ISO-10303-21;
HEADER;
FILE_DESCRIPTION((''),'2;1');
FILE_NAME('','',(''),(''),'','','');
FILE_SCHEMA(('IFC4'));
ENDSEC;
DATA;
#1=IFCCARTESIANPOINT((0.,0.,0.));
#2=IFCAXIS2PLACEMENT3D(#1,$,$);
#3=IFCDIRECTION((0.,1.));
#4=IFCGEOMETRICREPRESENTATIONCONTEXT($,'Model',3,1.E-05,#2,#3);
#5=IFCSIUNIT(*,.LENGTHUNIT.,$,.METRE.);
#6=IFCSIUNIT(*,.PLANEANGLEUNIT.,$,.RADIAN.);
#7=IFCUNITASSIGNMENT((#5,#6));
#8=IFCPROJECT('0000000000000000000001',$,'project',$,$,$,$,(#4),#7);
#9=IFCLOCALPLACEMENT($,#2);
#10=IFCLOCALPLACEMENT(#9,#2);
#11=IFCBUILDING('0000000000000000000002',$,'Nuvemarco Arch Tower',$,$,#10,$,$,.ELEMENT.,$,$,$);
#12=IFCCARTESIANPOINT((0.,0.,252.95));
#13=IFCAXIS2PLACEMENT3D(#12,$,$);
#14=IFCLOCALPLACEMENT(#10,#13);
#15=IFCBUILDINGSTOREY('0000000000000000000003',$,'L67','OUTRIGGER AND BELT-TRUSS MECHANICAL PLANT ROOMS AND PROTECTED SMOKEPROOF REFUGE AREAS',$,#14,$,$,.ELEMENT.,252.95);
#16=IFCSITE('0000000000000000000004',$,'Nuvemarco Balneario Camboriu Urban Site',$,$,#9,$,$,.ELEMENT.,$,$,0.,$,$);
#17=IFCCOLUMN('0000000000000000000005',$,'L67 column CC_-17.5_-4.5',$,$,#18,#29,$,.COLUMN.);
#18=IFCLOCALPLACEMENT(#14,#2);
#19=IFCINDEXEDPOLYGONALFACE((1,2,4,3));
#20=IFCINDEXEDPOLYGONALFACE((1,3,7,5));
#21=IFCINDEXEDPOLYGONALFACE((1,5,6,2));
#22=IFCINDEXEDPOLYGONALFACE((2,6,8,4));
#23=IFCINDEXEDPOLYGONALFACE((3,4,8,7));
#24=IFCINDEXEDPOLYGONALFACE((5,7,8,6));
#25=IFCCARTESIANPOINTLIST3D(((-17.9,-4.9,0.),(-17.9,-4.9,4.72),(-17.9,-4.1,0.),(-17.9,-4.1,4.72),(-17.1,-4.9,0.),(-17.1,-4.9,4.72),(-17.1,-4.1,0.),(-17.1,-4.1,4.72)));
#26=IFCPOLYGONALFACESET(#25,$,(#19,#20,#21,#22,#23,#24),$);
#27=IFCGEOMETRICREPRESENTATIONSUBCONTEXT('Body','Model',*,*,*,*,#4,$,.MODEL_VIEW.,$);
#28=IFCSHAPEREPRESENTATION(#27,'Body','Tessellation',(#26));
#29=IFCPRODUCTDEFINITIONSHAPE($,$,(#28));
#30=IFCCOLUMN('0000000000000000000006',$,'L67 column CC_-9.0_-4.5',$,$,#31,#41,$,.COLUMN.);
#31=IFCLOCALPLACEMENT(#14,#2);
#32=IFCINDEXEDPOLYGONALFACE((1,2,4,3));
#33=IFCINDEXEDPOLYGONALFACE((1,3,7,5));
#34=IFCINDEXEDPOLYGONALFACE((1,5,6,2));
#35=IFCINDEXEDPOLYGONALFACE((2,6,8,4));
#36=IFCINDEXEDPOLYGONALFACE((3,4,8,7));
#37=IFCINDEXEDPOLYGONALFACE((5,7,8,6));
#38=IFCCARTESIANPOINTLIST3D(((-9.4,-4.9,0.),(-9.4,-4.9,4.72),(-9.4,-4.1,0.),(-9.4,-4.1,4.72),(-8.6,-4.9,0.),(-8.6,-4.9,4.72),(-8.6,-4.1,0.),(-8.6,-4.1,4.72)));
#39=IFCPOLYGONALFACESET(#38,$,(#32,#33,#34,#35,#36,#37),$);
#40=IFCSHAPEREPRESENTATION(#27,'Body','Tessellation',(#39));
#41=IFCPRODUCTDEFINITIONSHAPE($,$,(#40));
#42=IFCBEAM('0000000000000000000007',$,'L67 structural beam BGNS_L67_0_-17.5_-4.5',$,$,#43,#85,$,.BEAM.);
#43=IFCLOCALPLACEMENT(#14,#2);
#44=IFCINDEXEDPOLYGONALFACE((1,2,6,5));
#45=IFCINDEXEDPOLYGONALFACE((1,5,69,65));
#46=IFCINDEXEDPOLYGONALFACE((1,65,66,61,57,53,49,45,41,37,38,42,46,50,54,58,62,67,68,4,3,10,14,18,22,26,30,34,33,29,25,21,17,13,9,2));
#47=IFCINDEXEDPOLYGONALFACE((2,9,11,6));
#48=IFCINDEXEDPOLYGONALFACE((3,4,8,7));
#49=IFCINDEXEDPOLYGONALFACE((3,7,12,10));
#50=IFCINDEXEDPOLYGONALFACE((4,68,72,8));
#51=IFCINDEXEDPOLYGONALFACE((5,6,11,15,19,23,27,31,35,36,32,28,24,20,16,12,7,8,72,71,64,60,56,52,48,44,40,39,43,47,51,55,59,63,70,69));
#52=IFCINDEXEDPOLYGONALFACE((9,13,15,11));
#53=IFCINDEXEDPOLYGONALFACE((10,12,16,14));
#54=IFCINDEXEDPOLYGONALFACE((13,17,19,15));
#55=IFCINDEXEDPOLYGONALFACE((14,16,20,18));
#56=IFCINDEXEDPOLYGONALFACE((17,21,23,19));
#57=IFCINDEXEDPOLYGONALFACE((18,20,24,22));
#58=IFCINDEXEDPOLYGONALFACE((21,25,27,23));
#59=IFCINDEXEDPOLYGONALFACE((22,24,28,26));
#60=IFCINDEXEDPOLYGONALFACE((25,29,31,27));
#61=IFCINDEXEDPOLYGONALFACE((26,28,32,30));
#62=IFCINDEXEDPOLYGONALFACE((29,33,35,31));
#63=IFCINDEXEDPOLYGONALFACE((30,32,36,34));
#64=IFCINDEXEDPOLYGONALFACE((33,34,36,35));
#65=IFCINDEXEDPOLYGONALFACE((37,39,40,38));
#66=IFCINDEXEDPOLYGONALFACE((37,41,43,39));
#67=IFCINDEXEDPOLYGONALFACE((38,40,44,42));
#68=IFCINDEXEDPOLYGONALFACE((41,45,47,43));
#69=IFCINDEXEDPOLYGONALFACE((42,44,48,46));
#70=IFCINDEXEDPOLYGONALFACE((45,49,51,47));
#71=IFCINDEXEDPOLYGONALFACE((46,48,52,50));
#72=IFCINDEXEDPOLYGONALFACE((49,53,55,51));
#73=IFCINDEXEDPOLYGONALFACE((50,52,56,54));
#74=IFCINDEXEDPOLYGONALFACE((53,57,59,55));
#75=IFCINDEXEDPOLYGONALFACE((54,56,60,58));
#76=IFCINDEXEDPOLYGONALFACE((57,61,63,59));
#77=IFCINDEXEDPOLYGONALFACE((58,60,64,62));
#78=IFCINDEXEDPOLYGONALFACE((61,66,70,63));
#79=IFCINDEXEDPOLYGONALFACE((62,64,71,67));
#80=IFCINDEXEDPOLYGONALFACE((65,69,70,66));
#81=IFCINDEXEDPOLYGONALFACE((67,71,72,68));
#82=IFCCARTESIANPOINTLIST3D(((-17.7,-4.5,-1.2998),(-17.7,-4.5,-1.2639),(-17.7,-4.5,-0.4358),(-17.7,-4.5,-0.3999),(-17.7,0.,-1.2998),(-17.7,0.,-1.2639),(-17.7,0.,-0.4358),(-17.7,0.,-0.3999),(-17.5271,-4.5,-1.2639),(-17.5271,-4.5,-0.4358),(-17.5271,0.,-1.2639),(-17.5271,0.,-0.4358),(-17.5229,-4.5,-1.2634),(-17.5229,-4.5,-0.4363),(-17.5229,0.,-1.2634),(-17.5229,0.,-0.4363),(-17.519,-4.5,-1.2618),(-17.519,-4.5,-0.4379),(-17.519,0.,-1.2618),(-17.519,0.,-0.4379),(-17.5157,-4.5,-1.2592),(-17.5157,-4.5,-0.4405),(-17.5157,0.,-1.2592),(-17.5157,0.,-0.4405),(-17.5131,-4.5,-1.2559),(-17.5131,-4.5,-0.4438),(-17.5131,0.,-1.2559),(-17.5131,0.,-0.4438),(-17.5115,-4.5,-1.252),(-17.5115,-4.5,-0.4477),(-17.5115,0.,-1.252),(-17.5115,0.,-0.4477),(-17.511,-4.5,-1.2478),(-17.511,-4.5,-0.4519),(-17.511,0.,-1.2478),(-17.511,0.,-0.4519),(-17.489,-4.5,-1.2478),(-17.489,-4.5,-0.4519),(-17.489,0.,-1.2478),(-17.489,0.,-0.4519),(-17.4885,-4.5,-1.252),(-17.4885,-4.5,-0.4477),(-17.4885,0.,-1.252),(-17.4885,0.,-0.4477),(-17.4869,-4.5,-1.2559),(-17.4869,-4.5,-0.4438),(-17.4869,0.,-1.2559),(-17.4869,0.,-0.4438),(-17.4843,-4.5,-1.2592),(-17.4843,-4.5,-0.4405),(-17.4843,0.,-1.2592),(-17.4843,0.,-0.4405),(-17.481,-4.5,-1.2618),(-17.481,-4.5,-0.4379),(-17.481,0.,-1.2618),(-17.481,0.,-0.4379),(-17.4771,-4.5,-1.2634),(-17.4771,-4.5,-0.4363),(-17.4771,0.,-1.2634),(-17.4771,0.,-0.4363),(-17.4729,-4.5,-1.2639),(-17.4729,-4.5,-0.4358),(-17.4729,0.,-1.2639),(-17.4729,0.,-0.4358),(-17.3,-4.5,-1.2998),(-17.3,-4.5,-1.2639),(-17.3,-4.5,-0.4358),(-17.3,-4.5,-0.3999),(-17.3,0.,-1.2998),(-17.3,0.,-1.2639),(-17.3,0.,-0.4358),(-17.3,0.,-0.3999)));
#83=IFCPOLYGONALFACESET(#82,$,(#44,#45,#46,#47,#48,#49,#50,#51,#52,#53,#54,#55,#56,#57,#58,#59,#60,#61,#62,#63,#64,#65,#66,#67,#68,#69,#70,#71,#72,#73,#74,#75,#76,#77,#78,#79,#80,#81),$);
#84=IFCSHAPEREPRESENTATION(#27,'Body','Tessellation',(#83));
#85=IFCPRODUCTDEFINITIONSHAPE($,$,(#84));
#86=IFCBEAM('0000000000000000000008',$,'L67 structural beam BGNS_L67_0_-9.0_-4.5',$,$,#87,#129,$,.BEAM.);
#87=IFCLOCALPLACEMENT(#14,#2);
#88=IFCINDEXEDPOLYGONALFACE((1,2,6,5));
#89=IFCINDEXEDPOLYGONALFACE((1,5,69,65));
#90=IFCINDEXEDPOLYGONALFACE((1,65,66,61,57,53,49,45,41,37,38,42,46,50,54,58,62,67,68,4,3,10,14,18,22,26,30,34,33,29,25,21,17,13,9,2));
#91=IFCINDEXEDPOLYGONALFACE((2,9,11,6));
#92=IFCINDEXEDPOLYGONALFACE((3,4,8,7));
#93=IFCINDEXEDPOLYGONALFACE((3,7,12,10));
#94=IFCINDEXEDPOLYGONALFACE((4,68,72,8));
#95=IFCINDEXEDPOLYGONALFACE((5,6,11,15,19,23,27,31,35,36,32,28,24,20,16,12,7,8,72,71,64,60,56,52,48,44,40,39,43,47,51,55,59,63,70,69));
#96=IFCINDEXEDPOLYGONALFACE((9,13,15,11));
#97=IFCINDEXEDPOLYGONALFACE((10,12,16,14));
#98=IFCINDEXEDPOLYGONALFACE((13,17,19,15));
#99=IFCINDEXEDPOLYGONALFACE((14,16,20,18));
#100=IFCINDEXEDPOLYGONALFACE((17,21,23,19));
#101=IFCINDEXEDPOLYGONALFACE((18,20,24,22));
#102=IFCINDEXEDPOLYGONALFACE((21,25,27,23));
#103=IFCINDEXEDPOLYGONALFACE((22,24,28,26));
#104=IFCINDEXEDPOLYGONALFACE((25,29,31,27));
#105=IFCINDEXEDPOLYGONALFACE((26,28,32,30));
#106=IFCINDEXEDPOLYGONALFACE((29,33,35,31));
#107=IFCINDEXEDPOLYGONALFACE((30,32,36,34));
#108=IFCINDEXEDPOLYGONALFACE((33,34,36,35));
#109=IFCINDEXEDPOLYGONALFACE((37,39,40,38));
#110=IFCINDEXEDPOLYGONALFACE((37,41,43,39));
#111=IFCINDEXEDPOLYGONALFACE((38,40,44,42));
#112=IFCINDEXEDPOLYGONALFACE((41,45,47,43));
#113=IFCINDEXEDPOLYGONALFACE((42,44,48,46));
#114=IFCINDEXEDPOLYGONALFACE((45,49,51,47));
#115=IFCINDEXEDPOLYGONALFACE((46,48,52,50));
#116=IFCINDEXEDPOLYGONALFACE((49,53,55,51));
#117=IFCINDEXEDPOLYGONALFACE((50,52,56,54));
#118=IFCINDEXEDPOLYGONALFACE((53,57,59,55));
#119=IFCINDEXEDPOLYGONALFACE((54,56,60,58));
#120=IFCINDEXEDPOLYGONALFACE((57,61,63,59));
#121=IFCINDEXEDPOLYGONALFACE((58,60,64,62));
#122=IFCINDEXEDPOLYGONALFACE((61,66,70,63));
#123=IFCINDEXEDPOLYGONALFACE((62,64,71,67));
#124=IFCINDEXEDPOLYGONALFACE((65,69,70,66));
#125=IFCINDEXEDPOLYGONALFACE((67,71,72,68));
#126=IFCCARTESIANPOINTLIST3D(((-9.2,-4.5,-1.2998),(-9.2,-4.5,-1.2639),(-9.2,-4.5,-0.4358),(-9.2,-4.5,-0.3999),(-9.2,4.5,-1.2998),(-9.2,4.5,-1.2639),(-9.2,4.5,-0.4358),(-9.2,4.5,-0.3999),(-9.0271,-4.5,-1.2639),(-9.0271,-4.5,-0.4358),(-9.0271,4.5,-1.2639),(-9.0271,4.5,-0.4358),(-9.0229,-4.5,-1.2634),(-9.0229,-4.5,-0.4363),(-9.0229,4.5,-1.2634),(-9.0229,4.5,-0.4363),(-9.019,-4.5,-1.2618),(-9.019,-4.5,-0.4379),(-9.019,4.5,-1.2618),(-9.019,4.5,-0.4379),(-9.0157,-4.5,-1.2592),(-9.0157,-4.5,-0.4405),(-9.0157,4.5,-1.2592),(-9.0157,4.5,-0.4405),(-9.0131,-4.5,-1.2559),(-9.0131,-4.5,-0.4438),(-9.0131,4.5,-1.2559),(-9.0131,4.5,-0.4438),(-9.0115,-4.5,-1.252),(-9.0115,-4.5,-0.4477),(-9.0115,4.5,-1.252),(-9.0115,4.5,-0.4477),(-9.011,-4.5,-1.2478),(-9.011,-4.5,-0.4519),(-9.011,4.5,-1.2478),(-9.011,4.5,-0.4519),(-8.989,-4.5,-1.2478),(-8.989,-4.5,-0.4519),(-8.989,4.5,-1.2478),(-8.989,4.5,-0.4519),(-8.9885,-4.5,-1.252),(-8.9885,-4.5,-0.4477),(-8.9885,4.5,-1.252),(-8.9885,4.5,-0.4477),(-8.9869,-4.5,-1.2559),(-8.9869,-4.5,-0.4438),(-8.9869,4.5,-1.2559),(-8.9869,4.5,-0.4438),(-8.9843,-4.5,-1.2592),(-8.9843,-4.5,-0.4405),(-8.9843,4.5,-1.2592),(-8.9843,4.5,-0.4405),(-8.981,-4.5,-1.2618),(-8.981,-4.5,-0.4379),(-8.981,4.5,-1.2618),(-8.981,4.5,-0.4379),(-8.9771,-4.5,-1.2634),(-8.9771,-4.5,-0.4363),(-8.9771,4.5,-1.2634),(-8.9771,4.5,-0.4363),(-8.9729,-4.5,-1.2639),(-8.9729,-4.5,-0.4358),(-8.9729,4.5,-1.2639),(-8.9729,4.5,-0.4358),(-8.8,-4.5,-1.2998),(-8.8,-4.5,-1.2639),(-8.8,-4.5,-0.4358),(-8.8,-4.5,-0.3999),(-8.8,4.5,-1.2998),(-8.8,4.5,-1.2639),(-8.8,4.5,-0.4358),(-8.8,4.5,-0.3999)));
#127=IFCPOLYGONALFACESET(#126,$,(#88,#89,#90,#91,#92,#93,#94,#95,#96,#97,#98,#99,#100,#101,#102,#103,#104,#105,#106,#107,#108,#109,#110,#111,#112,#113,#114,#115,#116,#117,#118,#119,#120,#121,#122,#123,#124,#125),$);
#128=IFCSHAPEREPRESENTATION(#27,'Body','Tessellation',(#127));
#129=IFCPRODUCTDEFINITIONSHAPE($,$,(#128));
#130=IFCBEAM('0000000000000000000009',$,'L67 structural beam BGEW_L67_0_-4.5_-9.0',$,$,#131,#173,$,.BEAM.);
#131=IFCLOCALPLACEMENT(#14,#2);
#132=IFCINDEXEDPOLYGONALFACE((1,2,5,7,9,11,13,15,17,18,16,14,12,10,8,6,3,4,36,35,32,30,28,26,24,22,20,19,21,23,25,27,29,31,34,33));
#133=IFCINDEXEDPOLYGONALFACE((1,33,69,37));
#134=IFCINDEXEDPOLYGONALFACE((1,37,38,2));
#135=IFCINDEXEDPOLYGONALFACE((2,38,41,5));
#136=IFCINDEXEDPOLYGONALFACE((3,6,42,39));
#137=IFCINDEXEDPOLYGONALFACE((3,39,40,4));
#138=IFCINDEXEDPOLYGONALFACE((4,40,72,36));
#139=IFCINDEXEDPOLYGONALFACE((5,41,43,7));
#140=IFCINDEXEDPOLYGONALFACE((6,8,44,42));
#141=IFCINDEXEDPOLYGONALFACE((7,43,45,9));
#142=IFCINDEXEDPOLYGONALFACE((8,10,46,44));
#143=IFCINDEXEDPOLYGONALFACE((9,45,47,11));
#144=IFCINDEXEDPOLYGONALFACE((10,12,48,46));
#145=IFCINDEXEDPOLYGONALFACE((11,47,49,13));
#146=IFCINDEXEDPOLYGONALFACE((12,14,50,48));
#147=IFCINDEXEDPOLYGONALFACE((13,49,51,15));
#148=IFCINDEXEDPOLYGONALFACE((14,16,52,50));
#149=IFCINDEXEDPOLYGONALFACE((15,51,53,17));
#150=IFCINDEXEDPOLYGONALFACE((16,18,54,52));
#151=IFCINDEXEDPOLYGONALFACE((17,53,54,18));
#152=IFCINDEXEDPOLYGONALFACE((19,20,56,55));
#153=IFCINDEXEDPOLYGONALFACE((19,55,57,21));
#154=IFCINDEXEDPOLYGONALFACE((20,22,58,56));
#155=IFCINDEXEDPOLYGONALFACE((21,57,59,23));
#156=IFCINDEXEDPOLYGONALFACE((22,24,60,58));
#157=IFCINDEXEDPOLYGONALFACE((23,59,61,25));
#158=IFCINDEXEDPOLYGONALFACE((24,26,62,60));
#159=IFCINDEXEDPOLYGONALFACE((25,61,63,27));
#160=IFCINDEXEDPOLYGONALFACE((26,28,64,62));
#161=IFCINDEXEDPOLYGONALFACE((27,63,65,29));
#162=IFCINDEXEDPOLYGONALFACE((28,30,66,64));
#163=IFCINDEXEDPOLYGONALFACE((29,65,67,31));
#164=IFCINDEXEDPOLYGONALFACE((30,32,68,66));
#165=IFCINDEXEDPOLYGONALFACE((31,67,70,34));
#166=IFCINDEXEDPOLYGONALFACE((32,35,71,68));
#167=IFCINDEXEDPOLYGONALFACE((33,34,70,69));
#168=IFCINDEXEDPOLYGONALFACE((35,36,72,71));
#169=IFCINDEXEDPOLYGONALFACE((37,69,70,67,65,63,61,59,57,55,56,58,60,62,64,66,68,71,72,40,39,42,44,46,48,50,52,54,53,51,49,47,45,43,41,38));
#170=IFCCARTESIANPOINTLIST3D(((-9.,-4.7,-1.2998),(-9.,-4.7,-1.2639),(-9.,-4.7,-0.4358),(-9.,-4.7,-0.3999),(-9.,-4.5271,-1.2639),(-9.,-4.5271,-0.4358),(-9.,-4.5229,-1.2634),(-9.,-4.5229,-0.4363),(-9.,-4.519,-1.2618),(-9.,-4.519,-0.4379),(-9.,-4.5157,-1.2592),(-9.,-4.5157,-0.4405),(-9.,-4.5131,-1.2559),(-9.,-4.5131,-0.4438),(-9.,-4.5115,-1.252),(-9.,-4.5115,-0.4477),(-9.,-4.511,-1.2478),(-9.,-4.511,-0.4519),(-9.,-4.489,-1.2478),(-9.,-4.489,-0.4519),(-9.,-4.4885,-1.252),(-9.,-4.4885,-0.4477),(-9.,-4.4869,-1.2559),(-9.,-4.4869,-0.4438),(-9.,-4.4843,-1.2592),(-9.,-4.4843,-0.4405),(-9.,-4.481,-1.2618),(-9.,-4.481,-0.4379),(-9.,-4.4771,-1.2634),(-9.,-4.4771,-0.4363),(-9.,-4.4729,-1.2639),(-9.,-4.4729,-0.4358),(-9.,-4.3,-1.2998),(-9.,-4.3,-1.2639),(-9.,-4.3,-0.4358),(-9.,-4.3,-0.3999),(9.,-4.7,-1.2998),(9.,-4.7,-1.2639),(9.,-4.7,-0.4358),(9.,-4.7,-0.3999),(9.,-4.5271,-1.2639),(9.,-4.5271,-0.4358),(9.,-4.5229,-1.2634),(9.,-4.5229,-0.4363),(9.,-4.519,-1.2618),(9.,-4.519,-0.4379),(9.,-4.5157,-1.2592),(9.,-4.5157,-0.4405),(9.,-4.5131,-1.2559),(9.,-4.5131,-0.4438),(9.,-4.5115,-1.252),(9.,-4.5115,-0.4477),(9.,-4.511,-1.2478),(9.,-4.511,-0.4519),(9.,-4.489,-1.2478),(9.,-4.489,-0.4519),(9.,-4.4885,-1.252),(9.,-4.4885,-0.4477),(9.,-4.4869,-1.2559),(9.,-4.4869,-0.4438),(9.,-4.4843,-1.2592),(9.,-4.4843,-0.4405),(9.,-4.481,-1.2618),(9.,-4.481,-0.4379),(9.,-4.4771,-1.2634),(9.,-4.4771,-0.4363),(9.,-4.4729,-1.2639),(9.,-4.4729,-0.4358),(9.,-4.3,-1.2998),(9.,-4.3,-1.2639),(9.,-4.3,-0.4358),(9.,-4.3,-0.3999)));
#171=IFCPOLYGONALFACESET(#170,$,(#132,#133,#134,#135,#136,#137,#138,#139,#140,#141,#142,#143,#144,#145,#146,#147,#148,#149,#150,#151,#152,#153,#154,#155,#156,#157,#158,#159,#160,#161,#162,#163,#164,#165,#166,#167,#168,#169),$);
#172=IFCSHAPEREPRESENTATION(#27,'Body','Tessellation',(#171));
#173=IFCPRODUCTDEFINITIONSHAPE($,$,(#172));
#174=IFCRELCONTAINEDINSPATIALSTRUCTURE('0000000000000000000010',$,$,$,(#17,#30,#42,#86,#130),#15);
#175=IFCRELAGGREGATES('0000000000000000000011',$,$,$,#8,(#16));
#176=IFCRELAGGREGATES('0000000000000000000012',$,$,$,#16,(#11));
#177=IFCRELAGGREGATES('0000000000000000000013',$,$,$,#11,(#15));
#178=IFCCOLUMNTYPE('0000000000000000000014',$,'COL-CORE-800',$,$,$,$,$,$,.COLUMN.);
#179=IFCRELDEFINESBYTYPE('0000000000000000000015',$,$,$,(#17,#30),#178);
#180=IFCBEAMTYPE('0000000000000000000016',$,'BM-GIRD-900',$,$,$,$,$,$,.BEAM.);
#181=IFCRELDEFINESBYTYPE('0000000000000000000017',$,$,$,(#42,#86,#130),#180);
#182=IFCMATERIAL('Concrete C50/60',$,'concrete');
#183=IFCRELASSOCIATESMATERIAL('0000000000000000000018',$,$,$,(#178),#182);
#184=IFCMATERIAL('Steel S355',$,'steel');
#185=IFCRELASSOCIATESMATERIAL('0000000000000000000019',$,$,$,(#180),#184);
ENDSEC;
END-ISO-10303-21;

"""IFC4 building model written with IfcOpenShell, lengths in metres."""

from ifc_helpers import new_model, si_unit, direction, frame, origin, origin_2d, place, context, subcontext, project, spatial, rectangle, i_section, extrude, material, material_profile, profile_set, type_object, element, save


model = new_model("IFC4")

# Units and contexts
model_context = context("Model", 3, precision=1e-05, world=origin(), true_north=direction((0.0, 1.0)))
body_context = subcontext(model_context, "Body", "Model", "MODEL_VIEW")
ifc_project = project(units=[si_unit("LENGTHUNIT", "METRE"), si_unit("PLANEANGLEUNIT", "RADIAN")], contexts=[model_context])

# Site, building, storey
site_placement = place(None, origin())
site = spatial("IfcSite", under=ifc_project, at=site_placement, Name="Nuvemarco Balneario Camboriu Urban Site", CompositionType="ELEMENT", RefElevation=0.0)
building_placement = place(site_placement, origin())
building = spatial("IfcBuilding", under=site, at=building_placement, Name="Nuvemarco Arch Tower", CompositionType="ELEMENT")
storey_placement = place(building_placement, frame((0.0, 0.0, 252.95)))
storey = spatial("IfcBuildingStorey", under=building, at=storey_placement, Name="L67", Description="OUTRIGGER AND BELT-TRUSS MECHANICAL PLANT ROOMS AND PROTECTED SMOKEPROOF REFUGE AREAS", CompositionType="ELEMENT", Elevation=252.95)

# Columns
ifc_material_1 = material(Name="Concrete C50/60", Category="concrete")
ifc_material_profile_1 = material_profile(ifc_material_1, rectangle(XDim=0.8, YDim=0.8, at=origin_2d()), Name="RC-COL-800x800")
ifc_profile_set_1 = profile_set([ifc_material_profile_1], Name="Concrete C50/60")
column_type = type_object("IfcColumnType", Name="COL-CORE-800", PredefinedType="COLUMN", material=ifc_profile_set_1)
for number, where, z_axis, x_axis, name in (
    (1, (-17.5, -4.5, 0.0), (0.0, 0.0, 1.0), (1.0, 0.0, 0.0), "L67 column CC_-17.5_-4.5"),
    (2, (-9.0, -4.5, 0.0), (0.0, 0.0, 1.0), (1.0, 0.0, 0.0), "L67 column CC_-9.0_-4.5"),
):
    element("IfcColumn", number, at=place(storey_placement, frame(where, z_axis=z_axis, x_axis=x_axis)), inside=storey, type_object=column_type, Name=name, PredefinedType="COLUMN", context=body_context, shape_type="SweptSolid", body=[
        extrude(rectangle(XDim=0.8, YDim=0.8, at=origin_2d()), origin(), (0.0, 0.0, 1.0), 4.72),
    ])

# Beams
ifc_material_2 = material(Name="Steel S355", Category="steel")
ifc_material_profile_2 = material_profile(ifc_material_2, i_section(OverallWidth=0.3999, OverallDepth=0.8999, WebThickness=0.022, FlangeThickness=0.0359, FilletRadius=0.0161, at=origin_2d()), Name="PG900x400")
ifc_profile_set_2 = profile_set([ifc_material_profile_2], Name="Steel S355")
beam_type = type_object("IfcBeamType", Name="BM-GIRD-900", PredefinedType="BEAM", material=ifc_profile_set_2)
beam_1_placement = place(storey_placement, frame((-17.5, -4.5, -0.8499), z_axis=(0.0, 1.0, 0.0), x_axis=(-1.0, 0.0, 0.0)))
element("IfcBeam", 3, at=beam_1_placement, inside=storey, type_object=beam_type, Name="L67 structural beam BGNS_L67_0_-17.5_-4.5", PredefinedType="BEAM", context=body_context, shape_type="SweptSolid", body=[
    extrude(i_section(OverallWidth=0.3999, OverallDepth=0.8999, WebThickness=0.022, FlangeThickness=0.0359, FilletRadius=0.0161, at=origin_2d()), origin(), (0.0, 0.0, 1.0), 4.5),
])
beam_2_placement = place(storey_placement, frame((-9.0, -4.5, -0.8499), z_axis=(0.0, 1.0, 0.0), x_axis=(-1.0, 0.0, 0.0)))
element("IfcBeam", 4, at=beam_2_placement, inside=storey, type_object=beam_type, Name="L67 structural beam BGNS_L67_0_-9.0_-4.5", PredefinedType="BEAM", context=body_context, shape_type="SweptSolid", body=[
    extrude(i_section(OverallWidth=0.3999, OverallDepth=0.8999, WebThickness=0.022, FlangeThickness=0.0359, FilletRadius=0.0161, at=origin_2d()), origin(), (0.0, 0.0, 1.0), 9.0),
])
beam_3_placement = place(storey_placement, frame((-9.0, -4.5, -0.8499), z_axis=(1.0, 0.0, 0.0), x_axis=(0.0, 1.0, 0.0)))
element("IfcBeam", 5, at=beam_3_placement, inside=storey, type_object=beam_type, Name="L67 structural beam BGEW_L67_0_-4.5_-9.0", PredefinedType="BEAM", context=body_context, shape_type="SweptSolid", body=[
    extrude(i_section(OverallWidth=0.3999, OverallDepth=0.8999, WebThickness=0.022, FlangeThickness=0.0359, FilletRadius=0.0161, at=origin_2d()), origin(), (0.0, 0.0, 1.0), 18.0),
])

save(model, "model.ifc")
